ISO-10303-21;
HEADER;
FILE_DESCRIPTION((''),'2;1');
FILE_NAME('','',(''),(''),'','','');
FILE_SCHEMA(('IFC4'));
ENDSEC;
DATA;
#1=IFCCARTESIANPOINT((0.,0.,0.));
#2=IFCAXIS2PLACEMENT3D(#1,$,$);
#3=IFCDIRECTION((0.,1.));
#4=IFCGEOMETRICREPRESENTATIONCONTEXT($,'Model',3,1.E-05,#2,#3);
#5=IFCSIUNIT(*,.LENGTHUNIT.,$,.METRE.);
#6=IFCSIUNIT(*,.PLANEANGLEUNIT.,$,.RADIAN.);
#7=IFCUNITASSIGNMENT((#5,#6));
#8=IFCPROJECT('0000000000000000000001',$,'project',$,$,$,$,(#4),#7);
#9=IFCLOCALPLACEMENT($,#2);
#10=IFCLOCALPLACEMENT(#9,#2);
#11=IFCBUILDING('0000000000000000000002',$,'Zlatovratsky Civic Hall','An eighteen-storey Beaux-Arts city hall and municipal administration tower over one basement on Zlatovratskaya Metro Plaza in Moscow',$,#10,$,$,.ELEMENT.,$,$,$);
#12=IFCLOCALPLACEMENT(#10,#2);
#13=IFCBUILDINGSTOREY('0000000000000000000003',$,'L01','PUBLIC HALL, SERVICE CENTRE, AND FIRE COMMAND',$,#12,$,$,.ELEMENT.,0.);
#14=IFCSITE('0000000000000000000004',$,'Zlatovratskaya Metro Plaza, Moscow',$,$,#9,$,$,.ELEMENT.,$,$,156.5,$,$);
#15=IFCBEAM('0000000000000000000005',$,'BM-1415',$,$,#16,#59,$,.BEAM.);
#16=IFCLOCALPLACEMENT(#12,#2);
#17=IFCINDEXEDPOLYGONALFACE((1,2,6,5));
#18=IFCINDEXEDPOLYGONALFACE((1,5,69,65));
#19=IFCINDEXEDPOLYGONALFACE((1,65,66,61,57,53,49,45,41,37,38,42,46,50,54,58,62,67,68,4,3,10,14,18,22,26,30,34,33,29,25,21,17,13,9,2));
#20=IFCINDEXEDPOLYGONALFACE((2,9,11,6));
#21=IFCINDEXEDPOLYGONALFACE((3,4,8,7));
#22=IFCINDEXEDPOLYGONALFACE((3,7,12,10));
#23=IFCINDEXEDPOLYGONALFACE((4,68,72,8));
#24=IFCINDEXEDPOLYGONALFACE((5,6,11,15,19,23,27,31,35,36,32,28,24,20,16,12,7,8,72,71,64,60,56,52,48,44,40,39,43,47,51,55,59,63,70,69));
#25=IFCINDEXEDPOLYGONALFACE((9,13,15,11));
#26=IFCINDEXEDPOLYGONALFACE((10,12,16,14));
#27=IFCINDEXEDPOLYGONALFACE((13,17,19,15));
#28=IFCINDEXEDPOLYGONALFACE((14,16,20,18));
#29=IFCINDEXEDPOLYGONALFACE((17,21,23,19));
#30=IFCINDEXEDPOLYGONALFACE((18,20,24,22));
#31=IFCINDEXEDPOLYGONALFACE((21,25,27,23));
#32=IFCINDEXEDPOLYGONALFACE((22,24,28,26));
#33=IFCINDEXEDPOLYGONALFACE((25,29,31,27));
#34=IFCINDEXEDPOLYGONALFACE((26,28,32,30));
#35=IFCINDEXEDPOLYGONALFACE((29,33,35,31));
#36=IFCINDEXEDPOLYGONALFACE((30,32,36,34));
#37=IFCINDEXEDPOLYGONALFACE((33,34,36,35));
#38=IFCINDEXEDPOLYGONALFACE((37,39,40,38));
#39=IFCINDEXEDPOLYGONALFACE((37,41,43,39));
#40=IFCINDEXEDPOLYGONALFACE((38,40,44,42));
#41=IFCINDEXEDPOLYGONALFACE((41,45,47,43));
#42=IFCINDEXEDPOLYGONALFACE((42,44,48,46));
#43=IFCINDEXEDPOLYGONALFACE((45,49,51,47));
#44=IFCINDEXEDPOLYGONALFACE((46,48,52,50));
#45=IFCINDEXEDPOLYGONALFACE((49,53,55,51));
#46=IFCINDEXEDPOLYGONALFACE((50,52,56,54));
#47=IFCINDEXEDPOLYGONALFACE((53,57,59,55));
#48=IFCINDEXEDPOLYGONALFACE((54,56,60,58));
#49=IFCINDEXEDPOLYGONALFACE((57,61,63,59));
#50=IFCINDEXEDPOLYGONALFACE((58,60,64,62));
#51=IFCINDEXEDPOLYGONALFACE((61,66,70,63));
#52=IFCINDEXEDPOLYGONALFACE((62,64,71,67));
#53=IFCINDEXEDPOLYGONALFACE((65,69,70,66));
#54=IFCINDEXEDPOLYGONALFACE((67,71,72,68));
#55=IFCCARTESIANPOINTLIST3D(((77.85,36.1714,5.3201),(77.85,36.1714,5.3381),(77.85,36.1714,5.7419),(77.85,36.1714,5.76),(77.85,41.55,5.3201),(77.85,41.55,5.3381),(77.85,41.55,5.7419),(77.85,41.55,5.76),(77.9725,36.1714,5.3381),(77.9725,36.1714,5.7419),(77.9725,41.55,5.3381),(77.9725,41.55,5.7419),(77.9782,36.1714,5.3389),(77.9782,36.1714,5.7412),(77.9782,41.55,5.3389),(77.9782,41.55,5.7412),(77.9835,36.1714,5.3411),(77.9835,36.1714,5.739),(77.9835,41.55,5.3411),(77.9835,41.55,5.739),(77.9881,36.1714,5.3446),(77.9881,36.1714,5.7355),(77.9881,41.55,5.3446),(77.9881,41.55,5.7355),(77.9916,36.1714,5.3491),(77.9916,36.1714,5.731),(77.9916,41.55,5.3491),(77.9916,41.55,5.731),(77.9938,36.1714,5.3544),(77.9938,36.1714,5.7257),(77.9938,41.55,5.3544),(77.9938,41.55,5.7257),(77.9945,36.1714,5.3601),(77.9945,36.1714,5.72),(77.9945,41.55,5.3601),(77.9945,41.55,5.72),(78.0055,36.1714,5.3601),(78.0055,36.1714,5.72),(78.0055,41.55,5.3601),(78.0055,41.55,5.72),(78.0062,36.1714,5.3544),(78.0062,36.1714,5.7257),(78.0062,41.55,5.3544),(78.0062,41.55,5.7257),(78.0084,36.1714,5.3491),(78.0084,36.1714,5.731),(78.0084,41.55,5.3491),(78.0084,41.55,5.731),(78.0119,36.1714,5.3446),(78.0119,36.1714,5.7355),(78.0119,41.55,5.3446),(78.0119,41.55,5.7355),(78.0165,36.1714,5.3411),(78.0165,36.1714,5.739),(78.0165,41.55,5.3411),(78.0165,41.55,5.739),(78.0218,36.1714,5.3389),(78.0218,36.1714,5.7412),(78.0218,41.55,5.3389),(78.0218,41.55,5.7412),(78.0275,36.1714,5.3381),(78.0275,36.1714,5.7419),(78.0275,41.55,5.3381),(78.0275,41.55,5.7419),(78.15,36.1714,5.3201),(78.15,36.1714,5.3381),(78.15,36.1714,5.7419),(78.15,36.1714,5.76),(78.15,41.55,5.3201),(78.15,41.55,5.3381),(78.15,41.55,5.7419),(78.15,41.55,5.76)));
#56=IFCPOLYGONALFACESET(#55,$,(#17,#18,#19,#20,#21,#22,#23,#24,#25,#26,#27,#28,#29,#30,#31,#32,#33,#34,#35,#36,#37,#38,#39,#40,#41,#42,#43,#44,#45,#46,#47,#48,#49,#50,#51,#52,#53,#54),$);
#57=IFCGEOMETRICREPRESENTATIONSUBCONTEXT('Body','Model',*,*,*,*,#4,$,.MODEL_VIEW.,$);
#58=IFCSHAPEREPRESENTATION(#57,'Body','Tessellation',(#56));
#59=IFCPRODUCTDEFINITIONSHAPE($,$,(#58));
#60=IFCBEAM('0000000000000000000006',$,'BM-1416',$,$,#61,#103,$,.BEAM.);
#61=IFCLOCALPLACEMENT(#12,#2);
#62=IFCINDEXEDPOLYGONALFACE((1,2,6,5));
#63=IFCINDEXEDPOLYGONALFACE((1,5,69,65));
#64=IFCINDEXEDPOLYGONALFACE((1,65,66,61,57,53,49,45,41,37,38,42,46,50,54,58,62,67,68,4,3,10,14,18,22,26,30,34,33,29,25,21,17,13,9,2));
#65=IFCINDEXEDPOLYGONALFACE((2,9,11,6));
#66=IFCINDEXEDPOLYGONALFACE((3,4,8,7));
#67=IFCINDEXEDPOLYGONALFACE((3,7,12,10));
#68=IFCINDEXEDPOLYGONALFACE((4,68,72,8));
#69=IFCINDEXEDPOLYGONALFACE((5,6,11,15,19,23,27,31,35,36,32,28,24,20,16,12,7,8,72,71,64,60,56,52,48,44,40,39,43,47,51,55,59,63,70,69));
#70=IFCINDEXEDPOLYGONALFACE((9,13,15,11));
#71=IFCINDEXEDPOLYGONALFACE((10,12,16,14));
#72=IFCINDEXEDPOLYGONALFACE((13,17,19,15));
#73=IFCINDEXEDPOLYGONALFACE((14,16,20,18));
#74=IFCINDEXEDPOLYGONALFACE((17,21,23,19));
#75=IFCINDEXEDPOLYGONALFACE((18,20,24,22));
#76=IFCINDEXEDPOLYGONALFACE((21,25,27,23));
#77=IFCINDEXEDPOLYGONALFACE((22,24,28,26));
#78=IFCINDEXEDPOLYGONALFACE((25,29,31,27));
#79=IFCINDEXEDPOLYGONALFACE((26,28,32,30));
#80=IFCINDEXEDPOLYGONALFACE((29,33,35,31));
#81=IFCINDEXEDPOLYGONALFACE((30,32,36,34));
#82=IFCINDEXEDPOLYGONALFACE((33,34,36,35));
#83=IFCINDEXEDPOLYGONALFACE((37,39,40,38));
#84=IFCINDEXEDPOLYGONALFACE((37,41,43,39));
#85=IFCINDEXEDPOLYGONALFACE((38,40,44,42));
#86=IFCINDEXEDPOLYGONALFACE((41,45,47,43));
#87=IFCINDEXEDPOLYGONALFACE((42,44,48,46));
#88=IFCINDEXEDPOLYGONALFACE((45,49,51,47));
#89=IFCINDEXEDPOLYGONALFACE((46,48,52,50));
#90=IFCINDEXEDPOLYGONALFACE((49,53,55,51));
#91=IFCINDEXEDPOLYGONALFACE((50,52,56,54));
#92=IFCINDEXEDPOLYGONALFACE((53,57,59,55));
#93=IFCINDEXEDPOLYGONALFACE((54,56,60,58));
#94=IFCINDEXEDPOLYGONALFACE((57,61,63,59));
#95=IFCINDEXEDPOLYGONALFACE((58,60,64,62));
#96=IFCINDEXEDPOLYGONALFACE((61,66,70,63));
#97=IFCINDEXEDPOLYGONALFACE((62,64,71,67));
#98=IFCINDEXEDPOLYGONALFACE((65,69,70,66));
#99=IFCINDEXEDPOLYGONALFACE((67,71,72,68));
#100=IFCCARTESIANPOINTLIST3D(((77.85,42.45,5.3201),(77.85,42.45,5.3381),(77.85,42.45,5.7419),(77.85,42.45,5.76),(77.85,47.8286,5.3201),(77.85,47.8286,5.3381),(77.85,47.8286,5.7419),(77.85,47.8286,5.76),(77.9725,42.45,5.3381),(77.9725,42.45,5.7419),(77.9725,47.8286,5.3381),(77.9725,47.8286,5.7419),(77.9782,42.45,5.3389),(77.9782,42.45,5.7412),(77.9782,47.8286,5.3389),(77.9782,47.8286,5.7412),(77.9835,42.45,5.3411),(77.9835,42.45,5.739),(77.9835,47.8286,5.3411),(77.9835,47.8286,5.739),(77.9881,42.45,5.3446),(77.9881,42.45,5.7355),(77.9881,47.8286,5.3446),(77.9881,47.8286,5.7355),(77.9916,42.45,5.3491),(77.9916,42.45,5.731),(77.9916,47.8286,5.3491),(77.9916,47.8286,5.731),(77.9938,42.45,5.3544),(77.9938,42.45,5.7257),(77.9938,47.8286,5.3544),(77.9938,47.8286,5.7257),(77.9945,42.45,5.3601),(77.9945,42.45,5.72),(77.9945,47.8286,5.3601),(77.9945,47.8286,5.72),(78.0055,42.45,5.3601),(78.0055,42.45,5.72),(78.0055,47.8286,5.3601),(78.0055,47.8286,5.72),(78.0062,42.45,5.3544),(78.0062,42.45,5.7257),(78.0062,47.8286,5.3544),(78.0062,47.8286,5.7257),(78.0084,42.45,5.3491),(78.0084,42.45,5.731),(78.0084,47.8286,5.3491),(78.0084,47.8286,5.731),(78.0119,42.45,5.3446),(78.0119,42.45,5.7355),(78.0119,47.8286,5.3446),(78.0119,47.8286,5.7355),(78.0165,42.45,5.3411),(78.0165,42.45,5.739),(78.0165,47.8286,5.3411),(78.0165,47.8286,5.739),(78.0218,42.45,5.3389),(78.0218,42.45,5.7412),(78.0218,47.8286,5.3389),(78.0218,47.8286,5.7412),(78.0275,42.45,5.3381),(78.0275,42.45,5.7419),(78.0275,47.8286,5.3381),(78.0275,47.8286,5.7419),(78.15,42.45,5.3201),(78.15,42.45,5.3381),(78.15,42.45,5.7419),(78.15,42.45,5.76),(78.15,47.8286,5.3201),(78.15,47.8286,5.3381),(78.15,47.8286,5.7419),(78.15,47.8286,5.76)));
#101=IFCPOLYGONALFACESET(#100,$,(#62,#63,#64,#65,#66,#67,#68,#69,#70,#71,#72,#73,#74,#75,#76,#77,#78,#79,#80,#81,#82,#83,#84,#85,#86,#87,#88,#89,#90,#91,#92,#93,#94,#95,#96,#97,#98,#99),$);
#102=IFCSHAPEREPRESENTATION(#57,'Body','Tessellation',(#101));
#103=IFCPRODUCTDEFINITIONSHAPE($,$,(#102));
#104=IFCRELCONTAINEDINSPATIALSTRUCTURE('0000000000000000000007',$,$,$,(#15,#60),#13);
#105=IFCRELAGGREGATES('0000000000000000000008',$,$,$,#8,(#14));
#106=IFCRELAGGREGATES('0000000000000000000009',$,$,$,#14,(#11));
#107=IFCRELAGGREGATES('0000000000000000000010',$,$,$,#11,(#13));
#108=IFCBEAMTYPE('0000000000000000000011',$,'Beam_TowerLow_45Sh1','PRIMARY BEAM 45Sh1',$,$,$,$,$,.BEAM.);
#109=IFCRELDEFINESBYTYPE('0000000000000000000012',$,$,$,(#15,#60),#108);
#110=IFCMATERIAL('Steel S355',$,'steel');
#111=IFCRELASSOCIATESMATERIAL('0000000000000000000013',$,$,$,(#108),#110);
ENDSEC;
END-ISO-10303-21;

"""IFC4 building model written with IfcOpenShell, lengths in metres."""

from ifc_helpers import new_model, si_unit, direction, frame, origin, origin_2d, place, context, subcontext, project, spatial, i_section, extrude, material, material_profile, profile_set, type_object, element, save


model = new_model("IFC4")

# Units and contexts
model_context = context("Model", 3, precision=1e-05, world=origin(), true_north=direction((0.0, 1.0)))
body_context = subcontext(model_context, "Body", "Model", "MODEL_VIEW")
ifc_project = project(units=[si_unit("LENGTHUNIT", "METRE"), si_unit("PLANEANGLEUNIT", "RADIAN")], contexts=[model_context])

# Site, building, storey
site_placement = place(None, origin())
site = spatial("IfcSite", under=ifc_project, at=site_placement, Name="Zlatovratskaya Metro Plaza, Moscow", CompositionType="ELEMENT", RefElevation=156.5)
building_placement = place(site_placement, origin())
building = spatial("IfcBuilding", under=site, at=building_placement, Name="Zlatovratsky Civic Hall", Description="An eighteen-storey Beaux-Arts city hall and municipal administration tower over one basement on Zlatovratskaya Metro Plaza in Moscow", CompositionType="ELEMENT")
storey_placement = place(building_placement, origin())
storey = spatial("IfcBuildingStorey", under=building, at=storey_placement, Name="L01", Description="PUBLIC HALL, SERVICE CENTRE, AND FIRE COMMAND", CompositionType="ELEMENT", Elevation=0.0)

# Shared definitions
ifc_material_1 = material(Name="Steel S355", Category="steel")

# Beams
ifc_material_profile_1 = material_profile(ifc_material_1, i_section(OverallWidth=0.3, OverallDepth=0.4399, WebThickness=0.011, FlangeThickness=0.0181, FilletRadius=0.022, at=origin_2d()), Name="45Sh1")
ifc_profile_set_1 = profile_set([ifc_material_profile_1], Name="Steel S355")
beam_type = type_object("IfcBeamType", Name="Beam_TowerLow_45Sh1", Description="PRIMARY BEAM 45Sh1", PredefinedType="BEAM", material=ifc_profile_set_1)
for number, where, z_axis, x_axis, name in (
    (1, (78.0, 36.1714, 5.54), (0.0, 1.0, 0.0), (-1.0, 0.0, 0.0), "BM-1415"),
    (2, (78.0, 42.45, 5.54), (0.0, 1.0, 0.0), (-1.0, 0.0, 0.0), "BM-1416"),
):
    element("IfcBeam", number, at=place(storey_placement, frame(where, z_axis=z_axis, x_axis=x_axis)), inside=storey, type_object=beam_type, Name=name, PredefinedType="BEAM", context=body_context, shape_type="SweptSolid", body=[
        extrude(i_section(OverallWidth=0.3, OverallDepth=0.4399, WebThickness=0.011, FlangeThickness=0.0181, FilletRadius=0.022, at=origin_2d()), origin(), (0.0, 0.0, 1.0), 5.3787),
    ])

save(model, "model.ifc")
